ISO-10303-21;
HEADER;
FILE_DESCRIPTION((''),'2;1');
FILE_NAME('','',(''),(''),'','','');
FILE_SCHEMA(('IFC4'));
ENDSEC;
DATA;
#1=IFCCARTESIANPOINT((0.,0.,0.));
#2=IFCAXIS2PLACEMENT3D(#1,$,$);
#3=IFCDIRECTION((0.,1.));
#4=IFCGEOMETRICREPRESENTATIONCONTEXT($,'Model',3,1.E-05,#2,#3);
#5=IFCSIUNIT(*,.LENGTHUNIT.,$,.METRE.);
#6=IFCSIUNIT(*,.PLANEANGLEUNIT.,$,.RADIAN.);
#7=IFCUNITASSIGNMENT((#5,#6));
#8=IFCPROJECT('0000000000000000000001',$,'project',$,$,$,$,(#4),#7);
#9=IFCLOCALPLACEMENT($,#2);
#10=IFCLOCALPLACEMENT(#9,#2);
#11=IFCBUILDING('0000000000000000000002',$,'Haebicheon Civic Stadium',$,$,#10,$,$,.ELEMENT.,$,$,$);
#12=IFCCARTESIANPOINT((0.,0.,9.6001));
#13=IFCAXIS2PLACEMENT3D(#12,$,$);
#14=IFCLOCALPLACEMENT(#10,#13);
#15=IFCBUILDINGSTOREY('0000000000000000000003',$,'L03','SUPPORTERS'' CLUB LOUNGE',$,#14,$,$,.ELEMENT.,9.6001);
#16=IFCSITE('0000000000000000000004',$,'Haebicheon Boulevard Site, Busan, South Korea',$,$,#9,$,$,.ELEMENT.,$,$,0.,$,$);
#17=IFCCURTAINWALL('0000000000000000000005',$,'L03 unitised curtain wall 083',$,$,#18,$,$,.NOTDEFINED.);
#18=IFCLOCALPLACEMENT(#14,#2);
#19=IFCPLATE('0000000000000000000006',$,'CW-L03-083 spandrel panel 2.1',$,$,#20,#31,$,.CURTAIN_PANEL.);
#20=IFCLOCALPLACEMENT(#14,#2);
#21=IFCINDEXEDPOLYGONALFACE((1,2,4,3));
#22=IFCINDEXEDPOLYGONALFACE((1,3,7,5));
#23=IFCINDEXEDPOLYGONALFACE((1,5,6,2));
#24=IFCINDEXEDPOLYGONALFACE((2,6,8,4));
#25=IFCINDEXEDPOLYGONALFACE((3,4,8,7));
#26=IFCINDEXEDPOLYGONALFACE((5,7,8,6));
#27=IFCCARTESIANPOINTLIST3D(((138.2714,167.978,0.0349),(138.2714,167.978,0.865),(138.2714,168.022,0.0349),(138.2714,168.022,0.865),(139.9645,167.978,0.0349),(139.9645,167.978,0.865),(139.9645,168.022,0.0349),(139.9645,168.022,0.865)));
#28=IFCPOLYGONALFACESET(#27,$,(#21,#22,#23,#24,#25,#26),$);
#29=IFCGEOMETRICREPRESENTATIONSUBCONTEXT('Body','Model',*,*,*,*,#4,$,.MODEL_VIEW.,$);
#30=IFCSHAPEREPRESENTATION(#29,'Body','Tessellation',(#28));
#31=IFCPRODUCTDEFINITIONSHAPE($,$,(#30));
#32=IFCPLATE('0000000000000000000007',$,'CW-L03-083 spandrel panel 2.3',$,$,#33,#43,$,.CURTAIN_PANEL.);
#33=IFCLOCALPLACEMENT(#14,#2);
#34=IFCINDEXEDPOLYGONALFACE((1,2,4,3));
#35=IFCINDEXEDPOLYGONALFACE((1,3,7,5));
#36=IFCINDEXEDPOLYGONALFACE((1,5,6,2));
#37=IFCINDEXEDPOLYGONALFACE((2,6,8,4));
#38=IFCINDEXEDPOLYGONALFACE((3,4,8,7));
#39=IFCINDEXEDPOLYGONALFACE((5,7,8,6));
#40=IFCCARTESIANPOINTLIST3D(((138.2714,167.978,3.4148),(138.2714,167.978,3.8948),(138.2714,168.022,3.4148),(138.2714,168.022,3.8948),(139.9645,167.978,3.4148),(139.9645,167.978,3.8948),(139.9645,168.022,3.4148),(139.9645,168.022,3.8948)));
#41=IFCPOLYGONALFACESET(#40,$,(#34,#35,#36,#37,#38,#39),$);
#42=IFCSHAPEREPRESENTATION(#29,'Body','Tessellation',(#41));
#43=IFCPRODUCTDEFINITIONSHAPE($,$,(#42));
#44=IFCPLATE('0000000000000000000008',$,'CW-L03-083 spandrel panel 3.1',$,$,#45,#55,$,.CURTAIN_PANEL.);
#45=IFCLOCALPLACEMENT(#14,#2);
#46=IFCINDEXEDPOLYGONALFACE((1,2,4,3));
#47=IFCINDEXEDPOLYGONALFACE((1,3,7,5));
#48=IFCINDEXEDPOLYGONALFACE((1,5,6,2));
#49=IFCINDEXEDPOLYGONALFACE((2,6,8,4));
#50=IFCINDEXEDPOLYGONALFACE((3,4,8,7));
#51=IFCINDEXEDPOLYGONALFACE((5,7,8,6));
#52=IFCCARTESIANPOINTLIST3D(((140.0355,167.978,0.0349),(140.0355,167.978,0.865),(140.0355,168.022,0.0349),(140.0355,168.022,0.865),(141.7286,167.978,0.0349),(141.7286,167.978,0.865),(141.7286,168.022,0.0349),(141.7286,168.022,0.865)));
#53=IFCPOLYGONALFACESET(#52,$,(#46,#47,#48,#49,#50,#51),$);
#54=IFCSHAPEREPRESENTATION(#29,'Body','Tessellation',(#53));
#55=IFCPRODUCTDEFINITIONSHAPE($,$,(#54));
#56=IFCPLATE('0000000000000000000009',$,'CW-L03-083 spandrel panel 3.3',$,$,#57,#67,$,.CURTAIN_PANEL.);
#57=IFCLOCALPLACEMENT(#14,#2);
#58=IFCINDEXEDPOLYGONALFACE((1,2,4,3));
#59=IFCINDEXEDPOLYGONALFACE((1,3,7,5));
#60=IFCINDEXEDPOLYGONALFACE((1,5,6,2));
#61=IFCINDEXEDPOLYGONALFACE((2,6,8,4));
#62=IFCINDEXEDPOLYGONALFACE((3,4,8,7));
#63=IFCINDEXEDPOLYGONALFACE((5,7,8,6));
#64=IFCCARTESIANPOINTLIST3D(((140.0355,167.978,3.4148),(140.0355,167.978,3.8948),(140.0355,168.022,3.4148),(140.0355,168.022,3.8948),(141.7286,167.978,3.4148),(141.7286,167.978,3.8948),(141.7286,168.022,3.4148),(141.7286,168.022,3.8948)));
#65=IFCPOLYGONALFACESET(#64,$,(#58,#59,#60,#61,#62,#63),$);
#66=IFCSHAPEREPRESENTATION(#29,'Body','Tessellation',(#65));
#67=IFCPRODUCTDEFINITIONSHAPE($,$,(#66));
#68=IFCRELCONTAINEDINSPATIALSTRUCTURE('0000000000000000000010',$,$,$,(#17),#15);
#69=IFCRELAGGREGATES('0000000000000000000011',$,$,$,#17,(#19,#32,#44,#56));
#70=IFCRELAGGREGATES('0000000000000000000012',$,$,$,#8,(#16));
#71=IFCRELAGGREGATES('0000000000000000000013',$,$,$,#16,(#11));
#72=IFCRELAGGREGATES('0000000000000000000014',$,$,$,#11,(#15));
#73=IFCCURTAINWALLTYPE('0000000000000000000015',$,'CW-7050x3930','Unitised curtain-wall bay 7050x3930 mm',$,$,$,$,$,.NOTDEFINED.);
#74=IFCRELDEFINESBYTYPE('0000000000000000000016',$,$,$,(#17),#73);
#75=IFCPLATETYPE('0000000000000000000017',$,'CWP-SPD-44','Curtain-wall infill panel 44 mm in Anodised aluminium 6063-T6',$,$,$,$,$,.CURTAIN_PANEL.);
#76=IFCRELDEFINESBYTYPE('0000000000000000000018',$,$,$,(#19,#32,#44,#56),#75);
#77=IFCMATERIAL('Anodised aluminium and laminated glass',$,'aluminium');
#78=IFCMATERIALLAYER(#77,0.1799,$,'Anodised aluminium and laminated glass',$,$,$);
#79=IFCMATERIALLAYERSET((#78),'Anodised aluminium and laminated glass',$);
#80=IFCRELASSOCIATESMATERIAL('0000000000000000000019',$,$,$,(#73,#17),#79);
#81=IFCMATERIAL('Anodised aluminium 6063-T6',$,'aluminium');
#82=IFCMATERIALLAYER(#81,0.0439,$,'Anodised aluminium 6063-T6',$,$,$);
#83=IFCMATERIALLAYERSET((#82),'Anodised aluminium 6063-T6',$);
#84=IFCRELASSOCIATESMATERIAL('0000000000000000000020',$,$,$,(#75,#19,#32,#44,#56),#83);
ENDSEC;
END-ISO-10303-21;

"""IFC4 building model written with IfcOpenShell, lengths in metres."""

from ifc_helpers import new_model, si_unit, direction, frame, origin, origin_2d, place, context, subcontext, project, spatial, rectangle, extrude, material, layer, layer_set, type_object, element, aggregate, save


model = new_model("IFC4")

# Units and contexts
model_context = context("Model", 3, precision=1e-05, world=origin(), true_north=direction((0.0, 1.0)))
body_context = subcontext(model_context, "Body", "Model", "MODEL_VIEW")
ifc_project = project(units=[si_unit("LENGTHUNIT", "METRE"), si_unit("PLANEANGLEUNIT", "RADIAN")], contexts=[model_context])

# Site, building, storey
site_placement = place(None, origin())
site = spatial("IfcSite", under=ifc_project, at=site_placement, Name="Haebicheon Boulevard Site, Busan, South Korea", CompositionType="ELEMENT", RefElevation=0.0)
building_placement = place(site_placement, origin())
building = spatial("IfcBuilding", under=site, at=building_placement, Name="Haebicheon Civic Stadium", CompositionType="ELEMENT")
storey_placement = place(building_placement, frame((0.0, 0.0, 9.6001)))
storey = spatial("IfcBuildingStorey", under=building, at=storey_placement, Name="L03", Description="SUPPORTERS' CLUB LOUNGE", CompositionType="ELEMENT", Elevation=9.6001)

# Curtain wall
ifc_material_1 = material(Name="Anodised aluminium and laminated glass", Category="aluminium")
ifc_layer_1 = layer(ifc_material_1, 0.1799, Name="Anodised aluminium and laminated glass")
ifc_layer_set_1 = layer_set([ifc_layer_1], Name="Anodised aluminium and laminated glass")
curtain_wall_type = type_object("IfcCurtainWallType", Name="CW-7050x3930", Description="Unitised curtain-wall bay 7050x3930 mm", PredefinedType="NOTDEFINED", material=ifc_layer_set_1)
curtain_wall_placement = place(storey_placement, origin())
curtain_wall = element("IfcCurtainWall", 1, at=curtain_wall_placement, inside=storey, type_object=curtain_wall_type, material=ifc_layer_set_1, Name="L03 unitised curtain wall 083", PredefinedType="NOTDEFINED")

# Plates
ifc_material_2 = material(Name="Anodised aluminium 6063-T6", Category="aluminium")
ifc_layer_2 = layer(ifc_material_2, 0.0439, Name="Anodised aluminium 6063-T6")
ifc_layer_set_2 = layer_set([ifc_layer_2], Name="Anodised aluminium 6063-T6")
plate_type_1 = type_object("IfcPlateType", Name="CWP-SPD-44", Description="Curtain-wall infill panel 44 mm in Anodised aluminium 6063-T6", PredefinedType="CURTAIN_PANEL", material=ifc_layer_set_2)
plate_1_placement = place(storey_placement, frame((139.1179, 168.0, 0.0349), z_axis=(0.0, 0.0, 1.0), x_axis=(1.0, 0.0, 0.0)))
plate_1 = element("IfcPlate", 2, at=plate_1_placement, type_object=plate_type_1, material=ifc_layer_set_2, Name="CW-L03-083 spandrel panel 2.1", PredefinedType="CURTAIN_PANEL", context=body_context, shape_type="SweptSolid", body=[
    extrude(rectangle(XDim=1.6931, YDim=0.0439, at=origin_2d()), origin(), (0.0, 0.0, 1.0), 0.8301),
])
plate_2_placement = place(storey_placement, frame((139.1179, 168.0, 3.4148), z_axis=(0.0, 0.0, 1.0), x_axis=(1.0, 0.0, 0.0)))
plate_2 = element("IfcPlate", 3, at=plate_2_placement, type_object=plate_type_1, material=ifc_layer_set_2, Name="CW-L03-083 spandrel panel 2.3", PredefinedType="CURTAIN_PANEL", context=body_context, shape_type="SweptSolid", body=[
    extrude(rectangle(XDim=1.6931, YDim=0.0439, at=origin_2d()), origin(), (0.0, 0.0, 1.0), 0.48),
])
plate_3_placement = place(storey_placement, frame((140.8821, 168.0, 0.0349), z_axis=(0.0, 0.0, 1.0), x_axis=(1.0, 0.0, 0.0)))
plate_3 = element("IfcPlate", 4, at=plate_3_placement, type_object=plate_type_1, material=ifc_layer_set_2, Name="CW-L03-083 spandrel panel 3.1", PredefinedType="CURTAIN_PANEL", context=body_context, shape_type="SweptSolid", body=[
    extrude(rectangle(XDim=1.6931, YDim=0.0439, at=origin_2d()), origin(), (0.0, 0.0, 1.0), 0.8301),
])
plate_4_placement = place(storey_placement, frame((140.8821, 168.0, 3.4148), z_axis=(0.0, 0.0, 1.0), x_axis=(1.0, 0.0, 0.0)))
plate_4 = element("IfcPlate", 5, at=plate_4_placement, type_object=plate_type_1, material=ifc_layer_set_2, Name="CW-L03-083 spandrel panel 3.3", PredefinedType="CURTAIN_PANEL", context=body_context, shape_type="SweptSolid", body=[
    extrude(rectangle(XDim=1.6931, YDim=0.0439, at=origin_2d()), origin(), (0.0, 0.0, 1.0), 0.48),
])
aggregate(curtain_wall, [plate_1, plate_2, plate_3, plate_4])

save(model, "model.ifc")
